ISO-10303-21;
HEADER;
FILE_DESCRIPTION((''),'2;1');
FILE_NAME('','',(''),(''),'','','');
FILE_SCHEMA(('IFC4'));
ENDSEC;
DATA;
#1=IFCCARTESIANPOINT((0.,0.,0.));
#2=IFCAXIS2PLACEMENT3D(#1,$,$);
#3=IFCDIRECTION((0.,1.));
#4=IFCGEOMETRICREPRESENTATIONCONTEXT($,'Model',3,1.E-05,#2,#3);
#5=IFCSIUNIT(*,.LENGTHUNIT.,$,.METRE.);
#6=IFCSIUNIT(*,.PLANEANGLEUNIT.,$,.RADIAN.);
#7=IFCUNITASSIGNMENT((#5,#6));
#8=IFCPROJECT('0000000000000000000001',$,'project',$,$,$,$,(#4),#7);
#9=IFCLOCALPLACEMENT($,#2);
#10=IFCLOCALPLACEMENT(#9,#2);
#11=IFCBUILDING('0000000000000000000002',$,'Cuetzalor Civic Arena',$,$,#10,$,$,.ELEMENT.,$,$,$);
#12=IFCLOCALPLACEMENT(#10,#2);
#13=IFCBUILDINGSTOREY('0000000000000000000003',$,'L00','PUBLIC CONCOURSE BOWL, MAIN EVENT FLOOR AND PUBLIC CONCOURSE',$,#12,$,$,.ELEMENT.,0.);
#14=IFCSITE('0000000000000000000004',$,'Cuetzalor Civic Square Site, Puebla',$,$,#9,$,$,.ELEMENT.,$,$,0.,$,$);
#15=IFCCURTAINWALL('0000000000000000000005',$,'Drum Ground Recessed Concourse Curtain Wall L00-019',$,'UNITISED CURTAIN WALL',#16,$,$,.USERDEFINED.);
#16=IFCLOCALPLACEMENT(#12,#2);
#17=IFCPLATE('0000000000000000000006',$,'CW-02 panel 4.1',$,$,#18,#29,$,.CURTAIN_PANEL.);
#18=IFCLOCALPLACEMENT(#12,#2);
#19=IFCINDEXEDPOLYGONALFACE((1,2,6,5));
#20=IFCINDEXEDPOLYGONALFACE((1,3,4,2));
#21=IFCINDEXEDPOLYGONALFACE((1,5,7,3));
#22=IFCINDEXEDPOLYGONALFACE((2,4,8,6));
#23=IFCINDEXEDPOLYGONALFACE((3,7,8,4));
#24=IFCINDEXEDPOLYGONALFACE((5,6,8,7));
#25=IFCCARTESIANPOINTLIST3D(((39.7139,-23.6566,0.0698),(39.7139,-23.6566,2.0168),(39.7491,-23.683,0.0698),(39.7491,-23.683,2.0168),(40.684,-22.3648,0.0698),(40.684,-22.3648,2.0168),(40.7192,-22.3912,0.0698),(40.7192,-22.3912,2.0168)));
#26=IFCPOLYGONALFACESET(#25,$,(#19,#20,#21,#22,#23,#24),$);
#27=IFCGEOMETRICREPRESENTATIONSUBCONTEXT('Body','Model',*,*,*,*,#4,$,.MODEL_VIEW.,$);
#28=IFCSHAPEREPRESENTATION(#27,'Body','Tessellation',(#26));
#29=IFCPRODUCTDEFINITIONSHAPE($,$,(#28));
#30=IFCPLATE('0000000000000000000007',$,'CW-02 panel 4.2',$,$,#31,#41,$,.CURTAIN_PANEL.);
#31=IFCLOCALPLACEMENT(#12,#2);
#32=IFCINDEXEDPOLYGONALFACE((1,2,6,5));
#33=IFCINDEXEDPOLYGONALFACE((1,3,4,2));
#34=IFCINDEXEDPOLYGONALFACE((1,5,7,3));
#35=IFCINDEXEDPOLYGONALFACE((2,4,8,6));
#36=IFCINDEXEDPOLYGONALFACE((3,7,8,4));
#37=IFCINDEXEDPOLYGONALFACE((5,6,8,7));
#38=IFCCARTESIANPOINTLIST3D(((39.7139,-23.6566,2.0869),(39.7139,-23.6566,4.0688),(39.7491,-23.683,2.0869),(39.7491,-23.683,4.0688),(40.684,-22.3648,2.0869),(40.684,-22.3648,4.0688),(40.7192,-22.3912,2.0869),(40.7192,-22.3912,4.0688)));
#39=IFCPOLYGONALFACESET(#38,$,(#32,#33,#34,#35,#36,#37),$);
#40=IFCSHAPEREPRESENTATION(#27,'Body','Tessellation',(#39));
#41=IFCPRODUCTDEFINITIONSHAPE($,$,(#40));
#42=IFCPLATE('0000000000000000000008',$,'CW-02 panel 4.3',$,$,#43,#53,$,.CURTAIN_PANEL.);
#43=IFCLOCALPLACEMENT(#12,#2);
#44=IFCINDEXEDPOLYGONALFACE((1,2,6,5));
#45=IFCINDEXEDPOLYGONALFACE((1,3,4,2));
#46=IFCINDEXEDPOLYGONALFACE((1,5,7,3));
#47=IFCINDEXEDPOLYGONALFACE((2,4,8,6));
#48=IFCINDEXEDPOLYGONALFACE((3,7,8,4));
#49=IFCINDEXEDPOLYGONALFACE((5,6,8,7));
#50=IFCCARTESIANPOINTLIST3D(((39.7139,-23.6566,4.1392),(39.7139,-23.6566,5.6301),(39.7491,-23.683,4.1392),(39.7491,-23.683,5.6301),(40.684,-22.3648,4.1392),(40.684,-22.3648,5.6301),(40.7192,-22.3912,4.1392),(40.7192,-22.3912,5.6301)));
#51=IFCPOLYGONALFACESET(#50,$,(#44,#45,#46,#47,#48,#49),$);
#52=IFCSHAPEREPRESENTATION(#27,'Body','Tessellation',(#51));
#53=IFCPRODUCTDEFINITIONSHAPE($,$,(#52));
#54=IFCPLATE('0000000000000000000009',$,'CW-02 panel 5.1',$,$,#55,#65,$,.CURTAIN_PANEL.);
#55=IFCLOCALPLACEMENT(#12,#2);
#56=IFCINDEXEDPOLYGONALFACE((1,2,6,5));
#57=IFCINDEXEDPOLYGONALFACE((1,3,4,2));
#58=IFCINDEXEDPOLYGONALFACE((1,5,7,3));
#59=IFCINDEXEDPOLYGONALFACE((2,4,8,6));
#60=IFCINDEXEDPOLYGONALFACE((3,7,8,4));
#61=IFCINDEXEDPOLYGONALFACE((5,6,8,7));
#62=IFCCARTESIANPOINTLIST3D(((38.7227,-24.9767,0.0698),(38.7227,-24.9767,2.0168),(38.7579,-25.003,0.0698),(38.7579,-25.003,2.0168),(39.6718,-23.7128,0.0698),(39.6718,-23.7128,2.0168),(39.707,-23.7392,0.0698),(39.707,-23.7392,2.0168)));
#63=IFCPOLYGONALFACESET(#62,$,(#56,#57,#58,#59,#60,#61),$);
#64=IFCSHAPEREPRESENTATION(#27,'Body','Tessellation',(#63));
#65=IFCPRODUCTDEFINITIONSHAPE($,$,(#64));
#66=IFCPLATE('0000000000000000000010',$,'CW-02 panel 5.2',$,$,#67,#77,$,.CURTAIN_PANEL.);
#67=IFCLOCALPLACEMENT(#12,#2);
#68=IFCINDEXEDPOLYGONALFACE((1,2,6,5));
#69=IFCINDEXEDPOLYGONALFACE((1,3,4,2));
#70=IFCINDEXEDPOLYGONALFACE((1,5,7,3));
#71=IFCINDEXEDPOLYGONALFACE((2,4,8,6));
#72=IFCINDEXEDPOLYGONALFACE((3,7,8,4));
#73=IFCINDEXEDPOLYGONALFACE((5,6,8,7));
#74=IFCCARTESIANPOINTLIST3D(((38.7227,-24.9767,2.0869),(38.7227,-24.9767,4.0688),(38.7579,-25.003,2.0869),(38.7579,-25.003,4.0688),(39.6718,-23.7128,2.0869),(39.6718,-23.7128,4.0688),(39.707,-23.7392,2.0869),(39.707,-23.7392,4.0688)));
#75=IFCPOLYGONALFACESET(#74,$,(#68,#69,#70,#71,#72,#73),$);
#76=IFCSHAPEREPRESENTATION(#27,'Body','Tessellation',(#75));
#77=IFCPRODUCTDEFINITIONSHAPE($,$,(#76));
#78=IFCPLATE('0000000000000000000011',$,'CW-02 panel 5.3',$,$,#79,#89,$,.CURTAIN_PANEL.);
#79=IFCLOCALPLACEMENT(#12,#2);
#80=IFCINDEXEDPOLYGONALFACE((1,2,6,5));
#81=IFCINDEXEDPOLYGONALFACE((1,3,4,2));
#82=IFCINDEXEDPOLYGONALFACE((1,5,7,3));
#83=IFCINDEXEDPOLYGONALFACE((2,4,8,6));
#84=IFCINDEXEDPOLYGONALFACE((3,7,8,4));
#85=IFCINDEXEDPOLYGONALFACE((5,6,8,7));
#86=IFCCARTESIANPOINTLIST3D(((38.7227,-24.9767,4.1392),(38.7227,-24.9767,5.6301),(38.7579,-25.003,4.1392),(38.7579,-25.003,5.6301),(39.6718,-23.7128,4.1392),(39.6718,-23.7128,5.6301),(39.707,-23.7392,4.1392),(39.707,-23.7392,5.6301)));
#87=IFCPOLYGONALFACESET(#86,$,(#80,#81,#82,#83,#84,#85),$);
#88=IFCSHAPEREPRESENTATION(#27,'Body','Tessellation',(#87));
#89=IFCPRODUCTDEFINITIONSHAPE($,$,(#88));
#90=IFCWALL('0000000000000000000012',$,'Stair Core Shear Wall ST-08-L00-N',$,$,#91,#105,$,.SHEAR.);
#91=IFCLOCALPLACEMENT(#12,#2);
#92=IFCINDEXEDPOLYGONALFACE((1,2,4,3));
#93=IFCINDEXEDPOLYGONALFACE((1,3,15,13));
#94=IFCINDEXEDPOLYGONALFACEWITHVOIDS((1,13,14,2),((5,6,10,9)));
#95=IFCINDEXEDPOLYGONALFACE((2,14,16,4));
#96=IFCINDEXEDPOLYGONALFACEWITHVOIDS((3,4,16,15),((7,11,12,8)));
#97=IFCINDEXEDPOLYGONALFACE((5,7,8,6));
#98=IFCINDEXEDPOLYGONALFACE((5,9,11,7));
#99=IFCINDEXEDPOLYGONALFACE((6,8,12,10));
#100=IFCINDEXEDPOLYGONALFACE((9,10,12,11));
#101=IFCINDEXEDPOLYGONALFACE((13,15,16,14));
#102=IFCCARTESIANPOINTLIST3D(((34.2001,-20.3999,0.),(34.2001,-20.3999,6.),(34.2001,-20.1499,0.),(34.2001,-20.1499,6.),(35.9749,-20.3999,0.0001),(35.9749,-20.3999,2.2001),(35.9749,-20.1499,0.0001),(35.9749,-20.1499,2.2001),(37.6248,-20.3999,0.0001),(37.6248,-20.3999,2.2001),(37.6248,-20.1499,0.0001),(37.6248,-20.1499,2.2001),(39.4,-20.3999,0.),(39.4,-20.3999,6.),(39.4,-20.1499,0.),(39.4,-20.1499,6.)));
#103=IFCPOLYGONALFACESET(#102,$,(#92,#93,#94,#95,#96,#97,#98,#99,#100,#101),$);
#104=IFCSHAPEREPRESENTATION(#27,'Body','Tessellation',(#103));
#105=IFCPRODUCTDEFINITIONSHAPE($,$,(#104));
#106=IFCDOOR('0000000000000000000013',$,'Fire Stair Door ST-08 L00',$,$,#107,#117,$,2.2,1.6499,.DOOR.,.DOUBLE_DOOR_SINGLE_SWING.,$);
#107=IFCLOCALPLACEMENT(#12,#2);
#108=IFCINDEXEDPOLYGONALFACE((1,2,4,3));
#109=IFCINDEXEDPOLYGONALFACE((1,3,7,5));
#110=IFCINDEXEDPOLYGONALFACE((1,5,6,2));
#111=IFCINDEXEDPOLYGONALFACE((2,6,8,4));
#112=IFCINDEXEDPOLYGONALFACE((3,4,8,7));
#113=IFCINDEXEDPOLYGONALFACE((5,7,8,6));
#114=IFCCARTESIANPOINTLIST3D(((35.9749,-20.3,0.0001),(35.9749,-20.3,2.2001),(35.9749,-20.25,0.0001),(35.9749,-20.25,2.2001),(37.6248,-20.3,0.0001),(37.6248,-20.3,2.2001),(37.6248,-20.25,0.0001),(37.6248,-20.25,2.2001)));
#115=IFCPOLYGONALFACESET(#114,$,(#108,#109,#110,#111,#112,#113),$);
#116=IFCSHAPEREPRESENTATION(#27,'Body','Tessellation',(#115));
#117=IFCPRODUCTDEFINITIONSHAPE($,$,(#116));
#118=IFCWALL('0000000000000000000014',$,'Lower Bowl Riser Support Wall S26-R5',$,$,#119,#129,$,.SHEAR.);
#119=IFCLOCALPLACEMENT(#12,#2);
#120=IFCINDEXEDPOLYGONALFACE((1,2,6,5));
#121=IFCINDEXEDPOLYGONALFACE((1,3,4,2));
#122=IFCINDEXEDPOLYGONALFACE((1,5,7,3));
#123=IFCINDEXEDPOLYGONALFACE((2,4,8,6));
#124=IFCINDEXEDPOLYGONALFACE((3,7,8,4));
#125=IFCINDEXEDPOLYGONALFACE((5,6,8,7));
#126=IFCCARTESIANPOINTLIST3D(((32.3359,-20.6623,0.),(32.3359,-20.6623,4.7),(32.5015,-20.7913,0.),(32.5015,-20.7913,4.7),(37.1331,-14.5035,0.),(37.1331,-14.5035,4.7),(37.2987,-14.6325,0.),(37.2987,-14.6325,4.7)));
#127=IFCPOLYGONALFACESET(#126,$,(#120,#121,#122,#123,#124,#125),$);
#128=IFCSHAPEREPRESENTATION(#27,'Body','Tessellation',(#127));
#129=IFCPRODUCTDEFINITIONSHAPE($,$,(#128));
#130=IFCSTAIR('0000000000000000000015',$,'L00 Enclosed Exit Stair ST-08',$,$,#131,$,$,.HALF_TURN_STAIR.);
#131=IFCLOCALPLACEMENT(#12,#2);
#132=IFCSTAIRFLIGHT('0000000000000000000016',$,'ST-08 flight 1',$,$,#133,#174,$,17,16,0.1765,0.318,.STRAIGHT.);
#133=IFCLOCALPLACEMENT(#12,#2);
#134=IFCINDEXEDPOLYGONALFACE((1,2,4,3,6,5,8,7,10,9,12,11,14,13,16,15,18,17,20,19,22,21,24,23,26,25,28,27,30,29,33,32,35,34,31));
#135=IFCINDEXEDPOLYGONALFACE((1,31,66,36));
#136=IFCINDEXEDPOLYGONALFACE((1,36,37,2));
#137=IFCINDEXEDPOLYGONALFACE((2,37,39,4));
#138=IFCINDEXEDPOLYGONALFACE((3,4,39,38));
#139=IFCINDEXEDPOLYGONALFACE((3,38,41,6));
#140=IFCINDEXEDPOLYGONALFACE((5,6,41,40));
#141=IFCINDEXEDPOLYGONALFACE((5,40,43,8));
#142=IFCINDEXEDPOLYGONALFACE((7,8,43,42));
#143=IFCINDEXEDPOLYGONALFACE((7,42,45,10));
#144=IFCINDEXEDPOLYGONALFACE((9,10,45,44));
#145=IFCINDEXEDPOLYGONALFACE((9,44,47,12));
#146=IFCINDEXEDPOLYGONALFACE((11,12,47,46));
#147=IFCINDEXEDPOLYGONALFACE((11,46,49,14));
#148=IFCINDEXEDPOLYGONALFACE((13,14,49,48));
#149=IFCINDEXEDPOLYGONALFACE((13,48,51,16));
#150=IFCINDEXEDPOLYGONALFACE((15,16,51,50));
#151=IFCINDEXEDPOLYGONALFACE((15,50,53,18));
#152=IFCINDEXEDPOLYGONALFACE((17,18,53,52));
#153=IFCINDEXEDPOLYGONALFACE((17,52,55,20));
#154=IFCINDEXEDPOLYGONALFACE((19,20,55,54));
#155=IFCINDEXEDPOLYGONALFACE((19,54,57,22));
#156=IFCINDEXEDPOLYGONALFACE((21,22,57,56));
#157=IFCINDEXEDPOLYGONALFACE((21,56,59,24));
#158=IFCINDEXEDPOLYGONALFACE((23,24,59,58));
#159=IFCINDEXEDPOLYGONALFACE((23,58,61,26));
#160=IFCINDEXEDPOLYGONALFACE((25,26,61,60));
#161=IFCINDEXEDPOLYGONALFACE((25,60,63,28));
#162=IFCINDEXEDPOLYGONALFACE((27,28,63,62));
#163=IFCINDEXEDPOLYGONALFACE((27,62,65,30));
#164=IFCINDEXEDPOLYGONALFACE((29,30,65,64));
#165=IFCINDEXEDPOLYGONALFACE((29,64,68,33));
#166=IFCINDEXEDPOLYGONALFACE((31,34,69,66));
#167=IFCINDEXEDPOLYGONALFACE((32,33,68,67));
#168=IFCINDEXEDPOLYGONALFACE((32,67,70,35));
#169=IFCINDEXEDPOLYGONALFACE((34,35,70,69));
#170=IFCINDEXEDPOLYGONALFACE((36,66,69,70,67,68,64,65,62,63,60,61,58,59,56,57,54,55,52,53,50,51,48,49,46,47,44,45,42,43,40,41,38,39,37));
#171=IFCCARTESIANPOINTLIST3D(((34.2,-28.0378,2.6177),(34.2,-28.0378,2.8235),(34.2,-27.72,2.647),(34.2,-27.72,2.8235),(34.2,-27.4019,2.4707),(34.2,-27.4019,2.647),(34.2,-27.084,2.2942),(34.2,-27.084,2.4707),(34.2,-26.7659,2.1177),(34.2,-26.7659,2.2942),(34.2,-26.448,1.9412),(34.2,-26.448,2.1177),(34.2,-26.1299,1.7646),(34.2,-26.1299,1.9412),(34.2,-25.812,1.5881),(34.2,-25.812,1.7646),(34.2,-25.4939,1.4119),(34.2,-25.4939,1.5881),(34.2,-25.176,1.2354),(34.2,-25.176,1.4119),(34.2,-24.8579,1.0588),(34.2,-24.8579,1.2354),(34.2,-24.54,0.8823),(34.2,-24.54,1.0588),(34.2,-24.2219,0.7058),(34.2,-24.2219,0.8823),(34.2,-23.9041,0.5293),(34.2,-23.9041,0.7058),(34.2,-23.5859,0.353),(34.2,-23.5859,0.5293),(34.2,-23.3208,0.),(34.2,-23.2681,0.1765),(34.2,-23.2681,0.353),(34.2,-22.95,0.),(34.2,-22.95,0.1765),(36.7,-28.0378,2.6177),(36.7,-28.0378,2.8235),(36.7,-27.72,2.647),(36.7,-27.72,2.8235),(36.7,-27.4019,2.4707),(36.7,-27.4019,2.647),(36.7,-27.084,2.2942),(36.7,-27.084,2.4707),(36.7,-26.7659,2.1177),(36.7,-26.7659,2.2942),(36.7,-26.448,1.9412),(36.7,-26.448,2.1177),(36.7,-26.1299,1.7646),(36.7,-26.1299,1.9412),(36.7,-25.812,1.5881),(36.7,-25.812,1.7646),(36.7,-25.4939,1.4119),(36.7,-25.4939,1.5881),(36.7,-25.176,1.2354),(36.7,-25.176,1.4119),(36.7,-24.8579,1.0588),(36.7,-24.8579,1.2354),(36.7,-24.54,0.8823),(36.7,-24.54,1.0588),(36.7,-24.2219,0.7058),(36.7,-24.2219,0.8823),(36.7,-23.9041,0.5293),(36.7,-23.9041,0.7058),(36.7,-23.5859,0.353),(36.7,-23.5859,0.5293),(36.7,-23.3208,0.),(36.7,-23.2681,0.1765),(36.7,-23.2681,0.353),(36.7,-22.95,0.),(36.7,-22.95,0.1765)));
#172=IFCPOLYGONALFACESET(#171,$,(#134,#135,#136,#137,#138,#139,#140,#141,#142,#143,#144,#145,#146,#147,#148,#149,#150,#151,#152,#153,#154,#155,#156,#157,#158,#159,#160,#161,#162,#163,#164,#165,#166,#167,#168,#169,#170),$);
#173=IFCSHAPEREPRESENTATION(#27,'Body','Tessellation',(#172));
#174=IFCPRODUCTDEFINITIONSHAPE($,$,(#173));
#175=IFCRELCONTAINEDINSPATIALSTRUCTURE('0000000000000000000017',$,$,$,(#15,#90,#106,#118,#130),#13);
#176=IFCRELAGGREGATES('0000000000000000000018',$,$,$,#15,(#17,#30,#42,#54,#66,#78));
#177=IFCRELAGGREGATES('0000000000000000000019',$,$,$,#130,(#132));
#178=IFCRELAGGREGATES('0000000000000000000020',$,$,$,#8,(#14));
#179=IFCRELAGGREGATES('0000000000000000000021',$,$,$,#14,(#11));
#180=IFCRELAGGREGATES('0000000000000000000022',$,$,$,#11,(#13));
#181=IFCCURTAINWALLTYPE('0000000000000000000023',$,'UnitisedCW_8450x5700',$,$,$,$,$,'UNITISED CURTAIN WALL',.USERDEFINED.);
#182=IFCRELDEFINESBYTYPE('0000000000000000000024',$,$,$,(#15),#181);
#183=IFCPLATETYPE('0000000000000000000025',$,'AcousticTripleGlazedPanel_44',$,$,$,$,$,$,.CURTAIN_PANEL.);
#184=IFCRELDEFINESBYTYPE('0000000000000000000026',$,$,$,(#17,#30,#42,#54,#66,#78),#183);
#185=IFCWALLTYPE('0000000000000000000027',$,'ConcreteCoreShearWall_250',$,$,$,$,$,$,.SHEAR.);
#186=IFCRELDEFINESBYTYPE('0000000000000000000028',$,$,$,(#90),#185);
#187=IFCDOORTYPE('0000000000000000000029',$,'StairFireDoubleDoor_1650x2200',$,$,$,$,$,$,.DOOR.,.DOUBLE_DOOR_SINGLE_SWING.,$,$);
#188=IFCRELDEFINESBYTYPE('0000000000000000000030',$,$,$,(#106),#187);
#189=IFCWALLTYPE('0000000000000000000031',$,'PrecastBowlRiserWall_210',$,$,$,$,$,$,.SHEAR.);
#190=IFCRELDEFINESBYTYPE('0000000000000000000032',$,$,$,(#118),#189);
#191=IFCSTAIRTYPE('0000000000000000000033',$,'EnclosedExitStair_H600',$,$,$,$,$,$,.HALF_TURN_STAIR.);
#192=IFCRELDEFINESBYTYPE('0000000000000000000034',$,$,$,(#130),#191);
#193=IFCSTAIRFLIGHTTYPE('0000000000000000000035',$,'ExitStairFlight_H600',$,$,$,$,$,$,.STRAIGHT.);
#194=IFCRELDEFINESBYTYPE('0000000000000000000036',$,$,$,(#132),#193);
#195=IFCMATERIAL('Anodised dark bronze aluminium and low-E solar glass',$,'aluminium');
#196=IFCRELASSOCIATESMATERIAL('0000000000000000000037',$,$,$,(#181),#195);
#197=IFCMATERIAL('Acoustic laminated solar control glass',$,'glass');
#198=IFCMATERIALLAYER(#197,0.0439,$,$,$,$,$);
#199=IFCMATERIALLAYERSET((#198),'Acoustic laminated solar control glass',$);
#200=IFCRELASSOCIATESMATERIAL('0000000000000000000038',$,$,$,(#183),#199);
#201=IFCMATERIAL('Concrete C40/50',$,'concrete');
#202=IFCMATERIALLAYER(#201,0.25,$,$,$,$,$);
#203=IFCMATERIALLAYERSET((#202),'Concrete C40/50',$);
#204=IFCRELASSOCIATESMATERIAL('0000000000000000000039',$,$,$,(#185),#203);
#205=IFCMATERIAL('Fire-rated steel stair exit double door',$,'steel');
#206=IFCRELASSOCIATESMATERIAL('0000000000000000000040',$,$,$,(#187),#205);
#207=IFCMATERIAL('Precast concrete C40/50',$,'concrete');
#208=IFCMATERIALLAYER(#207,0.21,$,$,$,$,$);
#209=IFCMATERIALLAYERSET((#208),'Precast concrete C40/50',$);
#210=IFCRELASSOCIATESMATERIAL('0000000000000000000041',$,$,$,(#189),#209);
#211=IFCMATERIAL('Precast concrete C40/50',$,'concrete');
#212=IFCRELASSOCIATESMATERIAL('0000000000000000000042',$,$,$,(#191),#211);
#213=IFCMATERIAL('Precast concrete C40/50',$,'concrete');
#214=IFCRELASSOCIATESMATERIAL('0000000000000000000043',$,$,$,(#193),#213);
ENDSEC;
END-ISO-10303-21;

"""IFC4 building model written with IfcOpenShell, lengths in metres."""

from ifc_helpers import new_model, si_unit, direction, frame, frame_2d, origin, origin_2d, place, context, subcontext, project, spatial, polyline, rectangle, outline, extrude, material, layer, layer_set, type_object, element, fill, aggregate, save


model = new_model("IFC4")

# Units and contexts
model_context = context("Model", 3, precision=1e-05, world=origin(), true_north=direction((0.0, 1.0)))
body_context = subcontext(model_context, "Body", "Model", "MODEL_VIEW")
ifc_project = project(units=[si_unit("LENGTHUNIT", "METRE"), si_unit("PLANEANGLEUNIT", "RADIAN")], contexts=[model_context])

# Site, building, storey
site_placement = place(None, origin())
site = spatial("IfcSite", under=ifc_project, at=site_placement, Name="Cuetzalor Civic Square Site, Puebla", CompositionType="ELEMENT", RefElevation=0.0)
building_placement = place(site_placement, origin())
building = spatial("IfcBuilding", under=site, at=building_placement, Name="Cuetzalor Civic Arena", CompositionType="ELEMENT")
storey_placement = place(building_placement, origin())
storey = spatial("IfcBuildingStorey", under=building, at=storey_placement, Name="L00", Description="PUBLIC CONCOURSE BOWL, MAIN EVENT FLOOR AND PUBLIC CONCOURSE", CompositionType="ELEMENT", Elevation=0.0)

# Curtain wall
ifc_material_1 = material(Name="Anodised dark bronze aluminium and low-E solar glass", Category="aluminium")
curtain_wall_type_1 = type_object("IfcCurtainWallType", Name="UnitisedCW_8450x5700", ElementType="UNITISED CURTAIN WALL", PredefinedType="USERDEFINED", material=ifc_material_1)
curtain_wall_1_placement = place(storey_placement, origin())
curtain_wall_1 = element("IfcCurtainWall", 1, at=curtain_wall_1_placement, inside=storey, type_object=curtain_wall_type_1, Name="Drum Ground Recessed Concourse Curtain Wall L00-019", ObjectType="UNITISED CURTAIN WALL", PredefinedType="USERDEFINED")

# Plates
ifc_material_2 = material(Name="Acoustic laminated solar control glass", Category="glass")
ifc_layer_1 = layer(ifc_material_2, 0.0439)
ifc_layer_set_1 = layer_set([ifc_layer_1], Name="Acoustic laminated solar control glass")
plate_type = type_object("IfcPlateType", Name="AcousticTripleGlazedPanel_44", PredefinedType="CURTAIN_PANEL", material=ifc_layer_set_1)
plate_1_placement = place(storey_placement, frame((40.2166, -23.0239, 0.0698), z_axis=(0.0, 0.0, 1.0), x_axis=(-0.600492, -0.799631, 0.0)))
plate_1 = element("IfcPlate", 2, at=plate_1_placement, type_object=plate_type, Name="CW-02 panel 4.1", PredefinedType="CURTAIN_PANEL", context=body_context, shape_type="SweptSolid", body=[
    extrude(rectangle(XDim=1.6155, YDim=0.0439, at=origin_2d()), origin(), (0.0, 0.0, 1.0), 1.947),
])
plate_2_placement = place(storey_placement, frame((40.2166, -23.0239, 2.0869), z_axis=(0.0, 0.0, 1.0), x_axis=(-0.600492, -0.799631, 0.0)))
plate_2 = element("IfcPlate", 3, at=plate_2_placement, type_object=plate_type, Name="CW-02 panel 4.2", PredefinedType="CURTAIN_PANEL", context=body_context, shape_type="SweptSolid", body=[
    extrude(rectangle(XDim=1.6155, YDim=0.0439, at=origin_2d()), origin(), (0.0, 0.0, 1.0), 1.9819),
])
plate_3_placement = place(storey_placement, frame((40.2166, -23.0239, 4.1392), z_axis=(0.0, 0.0, 1.0), x_axis=(-0.600492, -0.799631, 0.0)))
plate_3 = element("IfcPlate", 4, at=plate_3_placement, type_object=plate_type, Name="CW-02 panel 4.3", PredefinedType="CURTAIN_PANEL", context=body_context, shape_type="SweptSolid", body=[
    extrude(rectangle(XDim=1.6155, YDim=0.0439, at=origin_2d()), origin(), (0.0, 0.0, 1.0), 1.491),
])
plate_4_placement = place(storey_placement, frame((39.2148, -24.3579, 0.0698), z_axis=(0.0, 0.0, 1.0), x_axis=(-0.600492, -0.799631, 0.0)))
plate_4 = element("IfcPlate", 5, at=plate_4_placement, type_object=plate_type, Name="CW-02 panel 5.1", PredefinedType="CURTAIN_PANEL", context=body_context, shape_type="SweptSolid", body=[
    extrude(rectangle(XDim=1.5806, YDim=0.0439, at=origin_2d()), origin(), (0.0, 0.0, 1.0), 1.947),
])
plate_5_placement = place(storey_placement, frame((39.2148, -24.3579, 2.0869), z_axis=(0.0, 0.0, 1.0), x_axis=(-0.600492, -0.799631, 0.0)))
plate_5 = element("IfcPlate", 6, at=plate_5_placement, type_object=plate_type, Name="CW-02 panel 5.2", PredefinedType="CURTAIN_PANEL", context=body_context, shape_type="SweptSolid", body=[
    extrude(rectangle(XDim=1.5806, YDim=0.0439, at=origin_2d()), origin(), (0.0, 0.0, 1.0), 1.9819),
])
plate_6_placement = place(storey_placement, frame((39.2148, -24.3579, 4.1392), z_axis=(0.0, 0.0, 1.0), x_axis=(-0.600492, -0.799631, 0.0)))
plate_6 = element("IfcPlate", 7, at=plate_6_placement, type_object=plate_type, Name="CW-02 panel 5.3", PredefinedType="CURTAIN_PANEL", context=body_context, shape_type="SweptSolid", body=[
    extrude(rectangle(XDim=1.5806, YDim=0.0439, at=origin_2d()), origin(), (0.0, 0.0, 1.0), 1.491),
])
aggregate(curtain_wall_1, [plate_1, plate_2, plate_3, plate_4, plate_5, plate_6])

# Wall, opening, door
ifc_material_3 = material(Name="Concrete C40/50", Category="concrete")
ifc_layer_2 = layer(ifc_material_3, 0.25)
ifc_layer_set_2 = layer_set([ifc_layer_2], Name="Concrete C40/50")
wall_type_1 = type_object("IfcWallType", Name="ConcreteCoreShearWall_250", PredefinedType="SHEAR", material=ifc_layer_set_2)
wall_1_placement = place(storey_placement, frame((34.2, -20.2749, 0.0), z_axis=(0.0, 0.0, 1.0), x_axis=(1.0, 0.0, 0.0)))
wall_1 = element("IfcWall", 8, at=wall_1_placement, inside=storey, type_object=wall_type_1, Name="Stair Core Shear Wall ST-08-L00-N", PredefinedType="SHEAR", context=body_context, shape_type="SweptSolid", body=[
    extrude(rectangle(XDim=5.2, YDim=0.25, at=frame_2d((2.6001, 0.0))), origin(), (0.0, 0.0, 1.0), 6.0),
])
opening_placement = place(wall_1_placement, frame((1.7749, 0.0, 0.0)))
opening = element("IfcOpeningElement", 9, at=opening_placement, cuts=wall_1, PredefinedType="OPENING", context=body_context, shape_type="SweptSolid", body=[
    extrude(rectangle(XDim=1.6499, YDim=2.2, at=frame_2d((0.825, 1.1001))), frame((0.0, 0.135, 0.0), z_axis=(0.0, -1.0, 0.0), x_axis=(1.0, 0.0, 0.0)), (0.0, 0.0, 1.0), 0.27),
])
ifc_material_4 = material(Name="Fire-rated steel stair exit double door", Category="steel")
door_type = type_object("IfcDoorType", Name="StairFireDoubleDoor_1650x2200", OperationType="DOUBLE_DOOR_SINGLE_SWING", PredefinedType="DOOR", material=ifc_material_4)
door_placement = place(opening_placement, origin())
door = element("IfcDoor", 10, at=door_placement, inside=storey, type_object=door_type, Name="Fire Stair Door ST-08 L00", OperationType="DOUBLE_DOOR_SINGLE_SWING", OverallHeight=2.2, OverallWidth=1.6499, PredefinedType="DOOR", context=body_context, shape_type="SweptSolid", body=[
    extrude(rectangle(XDim=1.6499, YDim=2.2, at=frame_2d((0.825, 1.1001))), frame((0.0, 0.0249, 0.0), z_axis=(0.0, -1.0, 0.0), x_axis=(1.0, 0.0, 0.0)), (0.0, 0.0, 1.0), 0.05),
])
fill(opening, door)

# Wall
ifc_material_5 = material(Name="Precast concrete C40/50", Category="concrete")
ifc_layer_3 = layer(ifc_material_5, 0.21)
ifc_layer_set_3 = layer_set([ifc_layer_3], Name="Precast concrete C40/50")
wall_type_2 = type_object("IfcWallType", Name="PrecastBowlRiserWall_210", PredefinedType="SHEAR", material=ifc_layer_set_3)
wall_2_placement = place(storey_placement, frame((32.4187, -20.7268, 0.0), z_axis=(0.0, 0.0, 1.0), x_axis=(0.614501, 0.788916, 0.0)))
element("IfcWall", 11, at=wall_2_placement, inside=storey, type_object=wall_type_2, Name="Lower Bowl Riser Support Wall S26-R5", PredefinedType="SHEAR", context=body_context, shape_type="SweptSolid", body=[
    extrude(rectangle(XDim=7.8066, YDim=0.21, at=frame_2d((3.9033, 0.0))), origin(), (0.0, 0.0, 1.0), 4.7),
])

# Stair, stair flight
ifc_material_6 = material(Name="Precast concrete C40/50", Category="concrete")
stair_type = type_object("IfcStairType", Name="EnclosedExitStair_H600", PredefinedType="HALF_TURN_STAIR", material=ifc_material_6)
stair_placement = place(storey_placement, origin())
stair = element("IfcStair", 12, at=stair_placement, inside=storey, type_object=stair_type, Name="L00 Enclosed Exit Stair ST-08", PredefinedType="HALF_TURN_STAIR")
ifc_material_7 = material(Name="Precast concrete C40/50", Category="concrete")
stair_flight_type = type_object("IfcStairFlightType", Name="ExitStairFlight_H600", PredefinedType="STRAIGHT", material=ifc_material_7)
stair_flight_placement = place(storey_placement, frame((35.45, -22.95, 0.0), z_axis=(0.0, 0.0, 1.0), x_axis=(0.0, -1.0, 0.0)))
stair_flight = element("IfcStairFlight", 13, at=stair_flight_placement, type_object=stair_flight_type, Name="ST-08 flight 1", NumberOfRisers=17, NumberOfTreads=16, PredefinedType="STRAIGHT", RiserHeight=0.1765, TreadLength=0.318, context=body_context, shape_type="SweptSolid", body=[
    extrude(outline(polyline([(0.0, 0.0), (0.0, 0.1765), (0.3181, 0.1765), (0.3181, 0.353), (0.636, 0.353), (0.636, 0.5293), (0.9541, 0.5293), (0.9541, 0.7058), (1.272, 0.7058), (1.272, 0.8823), (1.5901, 0.8823), (1.5901, 1.0588), (1.908, 1.0588), (1.908, 1.2354), (2.2261, 1.2354), (2.2261, 1.4119), (2.5439, 1.4119), (2.5439, 1.5881), (2.8621, 1.5881), (2.8621, 1.7646), (3.1799, 1.7646), (3.1799, 1.9412), (3.498, 1.9412), (3.498, 2.1177), (3.8159, 2.1177), (3.8159, 2.2942), (4.134, 2.2942), (4.134, 2.4707), (4.4519, 2.4707), (4.4519, 2.647), (4.77, 2.647), (4.77, 2.8235), (5.0879, 2.8235), (5.0879, 3.0), (5.0879, 2.6177), (0.3708, 0.0), (0.0, 0.0)])), frame((0.0, 1.25, 0.0), z_axis=(0.0, -1.0, 0.0), x_axis=(1.0, 0.0, 0.0)), (0.0, 0.0, 1.0), 2.5),
])
aggregate(stair, [stair_flight])

save(model, "model.ifc")
